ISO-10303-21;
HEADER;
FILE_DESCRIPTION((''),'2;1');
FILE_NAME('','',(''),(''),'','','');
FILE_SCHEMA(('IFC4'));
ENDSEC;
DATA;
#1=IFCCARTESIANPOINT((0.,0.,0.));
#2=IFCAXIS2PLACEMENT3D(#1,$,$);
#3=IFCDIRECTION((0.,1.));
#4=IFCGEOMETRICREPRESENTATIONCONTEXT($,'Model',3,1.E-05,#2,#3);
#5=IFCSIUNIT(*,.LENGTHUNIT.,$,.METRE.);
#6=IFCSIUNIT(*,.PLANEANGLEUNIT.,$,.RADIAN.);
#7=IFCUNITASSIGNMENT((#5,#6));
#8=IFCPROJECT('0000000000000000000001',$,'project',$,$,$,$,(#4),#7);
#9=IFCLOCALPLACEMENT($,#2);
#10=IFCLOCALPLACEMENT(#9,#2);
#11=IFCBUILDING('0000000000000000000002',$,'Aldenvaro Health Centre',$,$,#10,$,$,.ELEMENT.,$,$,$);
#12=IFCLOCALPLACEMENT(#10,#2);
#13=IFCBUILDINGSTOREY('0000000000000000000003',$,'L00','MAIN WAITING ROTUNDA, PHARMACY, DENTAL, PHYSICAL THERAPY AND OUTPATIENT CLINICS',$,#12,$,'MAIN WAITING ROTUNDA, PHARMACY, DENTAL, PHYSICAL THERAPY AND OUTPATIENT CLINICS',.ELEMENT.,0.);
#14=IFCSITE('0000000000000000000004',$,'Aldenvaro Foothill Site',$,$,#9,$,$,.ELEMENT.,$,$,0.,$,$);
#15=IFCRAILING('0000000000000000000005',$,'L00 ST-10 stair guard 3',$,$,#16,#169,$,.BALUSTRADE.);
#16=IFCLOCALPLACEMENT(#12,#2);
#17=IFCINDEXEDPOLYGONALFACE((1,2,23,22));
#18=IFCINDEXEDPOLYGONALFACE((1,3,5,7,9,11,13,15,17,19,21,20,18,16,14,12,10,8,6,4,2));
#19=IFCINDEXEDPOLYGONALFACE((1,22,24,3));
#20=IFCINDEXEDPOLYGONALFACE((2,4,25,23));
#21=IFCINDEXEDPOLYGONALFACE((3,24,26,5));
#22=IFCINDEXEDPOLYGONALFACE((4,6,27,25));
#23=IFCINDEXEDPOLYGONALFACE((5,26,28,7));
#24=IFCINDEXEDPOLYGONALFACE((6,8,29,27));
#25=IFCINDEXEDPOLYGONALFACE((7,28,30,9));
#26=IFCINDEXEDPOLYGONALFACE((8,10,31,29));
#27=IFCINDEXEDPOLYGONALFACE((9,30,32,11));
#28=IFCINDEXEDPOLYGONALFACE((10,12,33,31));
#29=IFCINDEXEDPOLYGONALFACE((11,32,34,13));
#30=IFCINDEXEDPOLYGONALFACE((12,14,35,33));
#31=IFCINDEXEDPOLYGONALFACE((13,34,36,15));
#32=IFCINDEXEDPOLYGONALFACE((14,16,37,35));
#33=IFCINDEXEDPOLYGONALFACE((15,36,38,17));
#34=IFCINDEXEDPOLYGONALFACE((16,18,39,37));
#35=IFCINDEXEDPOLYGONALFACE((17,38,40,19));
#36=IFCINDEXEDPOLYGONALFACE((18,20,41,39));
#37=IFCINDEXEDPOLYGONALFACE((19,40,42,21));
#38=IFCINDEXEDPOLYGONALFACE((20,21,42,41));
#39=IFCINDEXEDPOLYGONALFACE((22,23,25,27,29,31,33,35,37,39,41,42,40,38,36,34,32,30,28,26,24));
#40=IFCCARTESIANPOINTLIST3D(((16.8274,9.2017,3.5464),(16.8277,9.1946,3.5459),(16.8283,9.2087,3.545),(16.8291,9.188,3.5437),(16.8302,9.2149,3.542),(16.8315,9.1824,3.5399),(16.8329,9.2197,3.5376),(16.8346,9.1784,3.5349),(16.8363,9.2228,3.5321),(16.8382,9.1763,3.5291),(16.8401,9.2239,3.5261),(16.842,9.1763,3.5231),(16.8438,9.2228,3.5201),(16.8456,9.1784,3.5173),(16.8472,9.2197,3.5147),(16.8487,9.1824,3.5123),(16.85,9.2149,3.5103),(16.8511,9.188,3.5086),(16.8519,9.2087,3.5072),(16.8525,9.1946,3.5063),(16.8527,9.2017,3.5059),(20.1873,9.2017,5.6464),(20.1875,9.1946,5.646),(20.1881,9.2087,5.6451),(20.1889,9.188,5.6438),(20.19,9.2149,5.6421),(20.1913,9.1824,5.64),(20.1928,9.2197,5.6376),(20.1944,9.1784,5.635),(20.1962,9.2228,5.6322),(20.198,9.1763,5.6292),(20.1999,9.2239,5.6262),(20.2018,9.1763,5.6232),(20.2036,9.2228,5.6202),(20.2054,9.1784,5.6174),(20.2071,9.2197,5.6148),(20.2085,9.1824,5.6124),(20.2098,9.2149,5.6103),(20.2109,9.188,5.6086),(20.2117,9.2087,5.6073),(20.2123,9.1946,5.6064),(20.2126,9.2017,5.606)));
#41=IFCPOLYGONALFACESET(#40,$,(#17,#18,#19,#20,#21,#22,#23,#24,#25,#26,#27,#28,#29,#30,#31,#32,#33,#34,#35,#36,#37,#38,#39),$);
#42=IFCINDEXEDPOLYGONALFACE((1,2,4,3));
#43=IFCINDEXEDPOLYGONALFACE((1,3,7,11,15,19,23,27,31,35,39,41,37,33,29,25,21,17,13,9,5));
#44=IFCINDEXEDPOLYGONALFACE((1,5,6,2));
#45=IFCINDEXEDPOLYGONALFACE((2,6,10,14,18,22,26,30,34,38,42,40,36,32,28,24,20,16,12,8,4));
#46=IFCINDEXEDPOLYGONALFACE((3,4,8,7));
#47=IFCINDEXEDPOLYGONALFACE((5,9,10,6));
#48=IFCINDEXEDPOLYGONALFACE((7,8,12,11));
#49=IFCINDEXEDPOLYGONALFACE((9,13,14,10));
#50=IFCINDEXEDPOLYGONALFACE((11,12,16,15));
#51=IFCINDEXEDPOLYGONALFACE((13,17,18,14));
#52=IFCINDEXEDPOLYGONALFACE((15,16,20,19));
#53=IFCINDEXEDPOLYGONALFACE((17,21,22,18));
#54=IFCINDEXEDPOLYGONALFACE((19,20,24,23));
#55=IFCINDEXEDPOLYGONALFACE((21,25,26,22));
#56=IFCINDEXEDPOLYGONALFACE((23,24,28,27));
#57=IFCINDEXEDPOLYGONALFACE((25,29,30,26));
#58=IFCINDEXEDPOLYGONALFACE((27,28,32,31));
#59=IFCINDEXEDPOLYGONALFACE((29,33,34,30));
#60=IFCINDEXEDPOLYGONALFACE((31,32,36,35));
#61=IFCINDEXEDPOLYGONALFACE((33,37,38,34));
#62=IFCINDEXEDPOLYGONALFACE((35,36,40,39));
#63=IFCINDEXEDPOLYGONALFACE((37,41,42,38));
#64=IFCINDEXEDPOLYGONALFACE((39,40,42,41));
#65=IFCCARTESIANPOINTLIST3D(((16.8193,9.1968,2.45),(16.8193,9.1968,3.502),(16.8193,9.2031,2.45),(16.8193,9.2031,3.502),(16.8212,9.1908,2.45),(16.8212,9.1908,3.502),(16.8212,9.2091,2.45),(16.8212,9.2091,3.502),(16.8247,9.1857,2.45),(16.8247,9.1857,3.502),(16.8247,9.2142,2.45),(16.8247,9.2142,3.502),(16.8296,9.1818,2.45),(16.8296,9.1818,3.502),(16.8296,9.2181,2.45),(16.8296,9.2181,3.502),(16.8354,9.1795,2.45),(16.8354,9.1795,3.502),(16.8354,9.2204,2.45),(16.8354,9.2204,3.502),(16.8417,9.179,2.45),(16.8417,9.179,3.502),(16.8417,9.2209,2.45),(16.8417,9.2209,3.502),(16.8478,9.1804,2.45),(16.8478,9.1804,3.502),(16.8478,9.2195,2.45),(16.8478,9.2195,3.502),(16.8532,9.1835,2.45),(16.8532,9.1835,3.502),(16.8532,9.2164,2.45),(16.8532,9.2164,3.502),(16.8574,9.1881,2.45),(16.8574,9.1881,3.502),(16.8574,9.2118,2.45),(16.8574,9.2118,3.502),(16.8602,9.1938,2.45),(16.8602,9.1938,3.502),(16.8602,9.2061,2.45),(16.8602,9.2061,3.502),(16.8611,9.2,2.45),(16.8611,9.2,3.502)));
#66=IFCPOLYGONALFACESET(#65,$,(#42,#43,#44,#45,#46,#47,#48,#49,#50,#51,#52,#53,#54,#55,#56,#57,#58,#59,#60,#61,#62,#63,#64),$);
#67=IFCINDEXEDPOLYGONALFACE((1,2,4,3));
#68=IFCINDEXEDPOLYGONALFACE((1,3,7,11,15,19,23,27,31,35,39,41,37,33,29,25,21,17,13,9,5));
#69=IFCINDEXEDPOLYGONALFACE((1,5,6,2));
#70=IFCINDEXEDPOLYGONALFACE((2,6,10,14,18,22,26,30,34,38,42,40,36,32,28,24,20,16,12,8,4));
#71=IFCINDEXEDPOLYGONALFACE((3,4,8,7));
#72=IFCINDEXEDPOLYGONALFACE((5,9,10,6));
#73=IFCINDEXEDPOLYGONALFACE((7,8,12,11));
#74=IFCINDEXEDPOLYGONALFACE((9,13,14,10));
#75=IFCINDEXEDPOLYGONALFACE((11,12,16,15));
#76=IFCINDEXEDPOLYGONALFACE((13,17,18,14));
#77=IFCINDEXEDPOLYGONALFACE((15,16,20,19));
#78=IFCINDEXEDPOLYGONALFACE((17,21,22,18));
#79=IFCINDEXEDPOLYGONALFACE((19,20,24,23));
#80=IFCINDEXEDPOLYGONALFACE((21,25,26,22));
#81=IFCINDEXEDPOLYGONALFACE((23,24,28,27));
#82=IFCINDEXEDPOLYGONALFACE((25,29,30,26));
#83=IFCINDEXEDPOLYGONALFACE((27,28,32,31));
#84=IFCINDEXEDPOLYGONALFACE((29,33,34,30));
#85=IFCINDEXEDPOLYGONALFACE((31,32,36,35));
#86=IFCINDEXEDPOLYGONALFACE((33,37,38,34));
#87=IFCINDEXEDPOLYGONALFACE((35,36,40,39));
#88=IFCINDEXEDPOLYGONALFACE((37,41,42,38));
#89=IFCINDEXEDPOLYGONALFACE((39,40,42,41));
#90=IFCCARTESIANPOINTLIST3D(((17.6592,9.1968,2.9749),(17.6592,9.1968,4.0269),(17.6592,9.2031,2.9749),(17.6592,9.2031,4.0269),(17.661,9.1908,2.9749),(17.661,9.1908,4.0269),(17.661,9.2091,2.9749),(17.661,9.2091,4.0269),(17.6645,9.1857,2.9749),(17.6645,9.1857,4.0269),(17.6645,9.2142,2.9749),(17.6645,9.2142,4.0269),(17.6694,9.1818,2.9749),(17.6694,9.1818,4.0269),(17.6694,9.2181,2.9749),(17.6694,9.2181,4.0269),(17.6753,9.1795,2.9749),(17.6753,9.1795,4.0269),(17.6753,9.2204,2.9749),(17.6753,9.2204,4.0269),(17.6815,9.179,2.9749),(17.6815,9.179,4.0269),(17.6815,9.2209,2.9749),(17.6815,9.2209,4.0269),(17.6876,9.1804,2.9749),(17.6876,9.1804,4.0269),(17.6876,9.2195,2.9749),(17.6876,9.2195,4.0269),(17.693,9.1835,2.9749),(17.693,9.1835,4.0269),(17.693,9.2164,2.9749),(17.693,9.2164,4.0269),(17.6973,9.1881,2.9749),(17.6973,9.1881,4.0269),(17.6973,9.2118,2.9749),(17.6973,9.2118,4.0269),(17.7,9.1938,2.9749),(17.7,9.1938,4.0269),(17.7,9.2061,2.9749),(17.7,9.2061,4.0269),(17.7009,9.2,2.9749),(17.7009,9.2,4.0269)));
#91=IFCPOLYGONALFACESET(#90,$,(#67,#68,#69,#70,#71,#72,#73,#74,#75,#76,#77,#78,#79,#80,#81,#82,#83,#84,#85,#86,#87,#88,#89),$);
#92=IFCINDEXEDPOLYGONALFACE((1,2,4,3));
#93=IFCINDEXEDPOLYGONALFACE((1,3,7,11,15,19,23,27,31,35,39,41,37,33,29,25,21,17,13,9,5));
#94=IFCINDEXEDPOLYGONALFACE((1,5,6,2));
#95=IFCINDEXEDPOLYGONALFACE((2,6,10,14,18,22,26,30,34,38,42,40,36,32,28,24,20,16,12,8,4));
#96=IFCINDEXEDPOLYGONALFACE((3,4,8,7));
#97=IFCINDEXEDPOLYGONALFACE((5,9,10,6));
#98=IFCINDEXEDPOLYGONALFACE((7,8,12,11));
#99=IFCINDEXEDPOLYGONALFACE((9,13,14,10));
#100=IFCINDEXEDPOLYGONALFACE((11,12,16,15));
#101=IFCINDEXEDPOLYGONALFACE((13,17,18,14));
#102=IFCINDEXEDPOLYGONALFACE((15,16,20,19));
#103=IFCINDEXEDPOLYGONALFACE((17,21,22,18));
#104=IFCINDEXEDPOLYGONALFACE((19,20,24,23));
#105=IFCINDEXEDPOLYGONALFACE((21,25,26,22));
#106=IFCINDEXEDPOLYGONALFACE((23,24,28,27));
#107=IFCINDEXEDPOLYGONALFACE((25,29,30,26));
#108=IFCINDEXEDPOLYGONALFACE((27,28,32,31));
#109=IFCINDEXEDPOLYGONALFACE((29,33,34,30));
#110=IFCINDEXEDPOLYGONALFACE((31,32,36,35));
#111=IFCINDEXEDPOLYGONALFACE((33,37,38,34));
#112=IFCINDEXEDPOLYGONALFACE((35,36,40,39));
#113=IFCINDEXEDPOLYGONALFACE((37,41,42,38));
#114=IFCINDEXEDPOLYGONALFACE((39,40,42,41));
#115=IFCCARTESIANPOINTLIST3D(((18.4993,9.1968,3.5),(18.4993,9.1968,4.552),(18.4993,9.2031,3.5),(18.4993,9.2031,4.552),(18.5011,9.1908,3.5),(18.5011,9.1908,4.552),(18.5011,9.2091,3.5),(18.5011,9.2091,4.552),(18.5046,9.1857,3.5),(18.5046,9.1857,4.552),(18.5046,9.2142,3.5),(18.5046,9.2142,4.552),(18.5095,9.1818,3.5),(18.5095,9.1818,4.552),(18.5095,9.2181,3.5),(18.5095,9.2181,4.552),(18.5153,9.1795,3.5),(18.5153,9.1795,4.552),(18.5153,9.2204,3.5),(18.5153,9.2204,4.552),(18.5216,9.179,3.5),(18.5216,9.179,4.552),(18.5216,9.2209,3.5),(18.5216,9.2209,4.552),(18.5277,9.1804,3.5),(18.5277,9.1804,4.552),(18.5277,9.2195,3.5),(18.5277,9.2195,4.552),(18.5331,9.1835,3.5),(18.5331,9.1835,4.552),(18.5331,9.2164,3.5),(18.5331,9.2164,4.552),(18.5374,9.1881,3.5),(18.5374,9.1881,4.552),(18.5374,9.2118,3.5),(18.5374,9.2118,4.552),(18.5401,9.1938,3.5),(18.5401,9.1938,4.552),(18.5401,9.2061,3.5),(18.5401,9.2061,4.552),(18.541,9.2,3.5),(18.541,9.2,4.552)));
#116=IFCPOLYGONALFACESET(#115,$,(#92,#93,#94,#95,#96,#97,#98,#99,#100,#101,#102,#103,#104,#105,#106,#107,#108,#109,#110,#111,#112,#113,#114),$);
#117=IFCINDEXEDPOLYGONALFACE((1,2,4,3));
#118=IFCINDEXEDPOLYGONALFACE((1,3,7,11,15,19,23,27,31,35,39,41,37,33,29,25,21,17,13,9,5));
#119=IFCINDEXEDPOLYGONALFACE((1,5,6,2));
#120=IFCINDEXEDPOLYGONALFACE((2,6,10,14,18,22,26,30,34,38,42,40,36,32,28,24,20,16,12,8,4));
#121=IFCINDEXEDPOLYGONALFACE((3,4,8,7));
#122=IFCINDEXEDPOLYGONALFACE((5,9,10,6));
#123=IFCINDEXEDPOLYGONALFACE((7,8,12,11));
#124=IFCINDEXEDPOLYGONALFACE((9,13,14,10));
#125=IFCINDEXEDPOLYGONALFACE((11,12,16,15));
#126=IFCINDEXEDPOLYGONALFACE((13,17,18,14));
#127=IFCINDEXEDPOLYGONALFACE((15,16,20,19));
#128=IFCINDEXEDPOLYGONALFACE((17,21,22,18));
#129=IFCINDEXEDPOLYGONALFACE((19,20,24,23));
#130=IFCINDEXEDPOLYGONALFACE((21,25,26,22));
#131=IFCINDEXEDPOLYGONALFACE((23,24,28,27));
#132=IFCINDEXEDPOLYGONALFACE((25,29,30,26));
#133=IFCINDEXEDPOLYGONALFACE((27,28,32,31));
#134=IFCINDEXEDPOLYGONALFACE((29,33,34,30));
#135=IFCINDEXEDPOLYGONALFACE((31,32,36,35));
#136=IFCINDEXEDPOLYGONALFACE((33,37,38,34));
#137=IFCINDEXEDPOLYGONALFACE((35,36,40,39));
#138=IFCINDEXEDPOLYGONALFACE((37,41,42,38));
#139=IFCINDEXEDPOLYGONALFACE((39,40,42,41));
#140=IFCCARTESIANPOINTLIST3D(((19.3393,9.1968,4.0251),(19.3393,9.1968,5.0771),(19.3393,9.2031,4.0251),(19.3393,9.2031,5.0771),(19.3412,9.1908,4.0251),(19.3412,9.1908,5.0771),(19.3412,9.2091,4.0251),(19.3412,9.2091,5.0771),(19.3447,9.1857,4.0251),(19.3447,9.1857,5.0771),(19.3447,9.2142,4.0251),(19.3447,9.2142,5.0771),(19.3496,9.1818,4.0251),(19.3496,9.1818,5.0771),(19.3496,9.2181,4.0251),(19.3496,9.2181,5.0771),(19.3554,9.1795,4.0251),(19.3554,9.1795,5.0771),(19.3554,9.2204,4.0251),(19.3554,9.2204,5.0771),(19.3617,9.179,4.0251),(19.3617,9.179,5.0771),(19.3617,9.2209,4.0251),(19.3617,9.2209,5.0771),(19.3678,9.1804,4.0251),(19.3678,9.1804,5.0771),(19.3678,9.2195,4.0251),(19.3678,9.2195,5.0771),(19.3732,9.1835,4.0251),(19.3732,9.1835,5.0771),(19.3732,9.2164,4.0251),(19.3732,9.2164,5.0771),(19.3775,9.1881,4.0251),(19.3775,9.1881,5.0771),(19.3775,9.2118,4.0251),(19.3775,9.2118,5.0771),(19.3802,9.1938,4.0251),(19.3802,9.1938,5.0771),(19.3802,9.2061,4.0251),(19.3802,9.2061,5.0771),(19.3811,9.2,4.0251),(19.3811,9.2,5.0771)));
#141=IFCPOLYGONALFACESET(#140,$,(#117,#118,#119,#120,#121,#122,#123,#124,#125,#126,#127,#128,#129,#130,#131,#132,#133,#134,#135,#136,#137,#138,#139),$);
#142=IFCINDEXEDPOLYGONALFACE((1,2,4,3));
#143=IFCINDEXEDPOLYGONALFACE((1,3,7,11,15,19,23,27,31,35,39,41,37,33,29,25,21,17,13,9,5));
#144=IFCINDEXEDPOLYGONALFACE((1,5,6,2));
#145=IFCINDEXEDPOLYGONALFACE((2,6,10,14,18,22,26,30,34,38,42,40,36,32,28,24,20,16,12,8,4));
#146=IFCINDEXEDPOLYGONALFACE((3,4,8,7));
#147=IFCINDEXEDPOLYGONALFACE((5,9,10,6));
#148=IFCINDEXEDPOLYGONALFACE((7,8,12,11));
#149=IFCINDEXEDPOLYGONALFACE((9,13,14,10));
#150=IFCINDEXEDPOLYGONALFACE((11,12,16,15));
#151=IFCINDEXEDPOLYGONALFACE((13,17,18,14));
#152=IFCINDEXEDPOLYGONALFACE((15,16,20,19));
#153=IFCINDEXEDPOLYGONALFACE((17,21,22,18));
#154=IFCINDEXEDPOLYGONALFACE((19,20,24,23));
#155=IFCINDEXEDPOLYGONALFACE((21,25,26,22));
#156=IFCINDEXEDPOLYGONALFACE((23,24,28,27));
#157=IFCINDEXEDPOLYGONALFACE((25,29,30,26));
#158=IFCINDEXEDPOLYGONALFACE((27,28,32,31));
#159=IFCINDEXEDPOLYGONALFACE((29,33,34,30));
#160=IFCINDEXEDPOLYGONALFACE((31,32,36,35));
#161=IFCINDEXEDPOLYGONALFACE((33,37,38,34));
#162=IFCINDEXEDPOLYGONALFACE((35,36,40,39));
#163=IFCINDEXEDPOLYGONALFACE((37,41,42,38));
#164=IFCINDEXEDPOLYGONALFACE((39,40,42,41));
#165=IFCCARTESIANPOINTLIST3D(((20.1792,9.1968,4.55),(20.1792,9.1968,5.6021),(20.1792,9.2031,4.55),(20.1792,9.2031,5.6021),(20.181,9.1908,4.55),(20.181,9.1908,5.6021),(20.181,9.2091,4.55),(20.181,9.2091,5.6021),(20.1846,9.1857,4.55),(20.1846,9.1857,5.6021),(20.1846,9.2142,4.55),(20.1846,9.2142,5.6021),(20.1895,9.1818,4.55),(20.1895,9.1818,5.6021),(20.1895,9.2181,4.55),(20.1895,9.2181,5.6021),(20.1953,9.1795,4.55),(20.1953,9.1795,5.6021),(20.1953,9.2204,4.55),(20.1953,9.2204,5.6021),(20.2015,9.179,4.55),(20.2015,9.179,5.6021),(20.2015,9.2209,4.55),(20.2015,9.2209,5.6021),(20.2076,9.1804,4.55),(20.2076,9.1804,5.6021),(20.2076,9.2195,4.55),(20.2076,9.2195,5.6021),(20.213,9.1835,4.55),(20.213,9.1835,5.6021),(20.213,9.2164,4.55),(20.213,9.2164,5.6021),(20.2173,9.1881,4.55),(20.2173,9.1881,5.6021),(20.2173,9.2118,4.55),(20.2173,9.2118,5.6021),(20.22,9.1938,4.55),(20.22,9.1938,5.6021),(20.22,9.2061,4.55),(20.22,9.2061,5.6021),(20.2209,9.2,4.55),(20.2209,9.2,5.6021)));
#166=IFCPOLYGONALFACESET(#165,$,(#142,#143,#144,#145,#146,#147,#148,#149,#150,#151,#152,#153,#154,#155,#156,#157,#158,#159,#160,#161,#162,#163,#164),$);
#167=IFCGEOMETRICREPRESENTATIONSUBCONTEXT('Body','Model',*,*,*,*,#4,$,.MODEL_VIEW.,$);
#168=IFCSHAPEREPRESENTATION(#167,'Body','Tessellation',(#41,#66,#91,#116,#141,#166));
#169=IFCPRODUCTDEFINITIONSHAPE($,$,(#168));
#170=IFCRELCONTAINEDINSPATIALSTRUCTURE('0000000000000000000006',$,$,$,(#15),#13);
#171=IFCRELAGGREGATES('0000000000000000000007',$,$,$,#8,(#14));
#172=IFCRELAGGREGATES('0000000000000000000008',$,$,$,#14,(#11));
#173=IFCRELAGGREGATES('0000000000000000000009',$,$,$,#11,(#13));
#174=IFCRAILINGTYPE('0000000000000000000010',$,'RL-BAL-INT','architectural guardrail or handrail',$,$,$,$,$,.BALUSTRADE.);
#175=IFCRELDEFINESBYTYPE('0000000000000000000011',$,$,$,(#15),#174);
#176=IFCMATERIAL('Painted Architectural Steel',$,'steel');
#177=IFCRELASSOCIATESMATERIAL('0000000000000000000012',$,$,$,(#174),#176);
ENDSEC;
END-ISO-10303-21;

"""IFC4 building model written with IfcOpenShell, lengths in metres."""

from ifc_helpers import new_model, si_unit, direction, frame, origin, origin_2d, place, context, subcontext, project, spatial, circle, extrude, material, type_object, element, save


model = new_model("IFC4")

# Units and contexts
model_context = context("Model", 3, precision=1e-05, world=origin(), true_north=direction((0.0, 1.0)))
body_context = subcontext(model_context, "Body", "Model", "MODEL_VIEW")
ifc_project = project(units=[si_unit("LENGTHUNIT", "METRE"), si_unit("PLANEANGLEUNIT", "RADIAN")], contexts=[model_context])

# Site, building, storey
site_placement = place(None, origin())
site = spatial("IfcSite", under=ifc_project, at=site_placement, Name="Aldenvaro Foothill Site", CompositionType="ELEMENT", RefElevation=0.0)
building_placement = place(site_placement, origin())
building = spatial("IfcBuilding", under=site, at=building_placement, Name="Aldenvaro Health Centre", CompositionType="ELEMENT")
storey_placement = place(building_placement, origin())
storey = spatial("IfcBuildingStorey", under=building, at=storey_placement, Name="L00", Description="MAIN WAITING ROTUNDA, PHARMACY, DENTAL, PHYSICAL THERAPY AND OUTPATIENT CLINICS", LongName="MAIN WAITING ROTUNDA, PHARMACY, DENTAL, PHYSICAL THERAPY AND OUTPATIENT CLINICS", CompositionType="ELEMENT", Elevation=0.0)

# Railing
ifc_material_1 = material(Name="Painted Architectural Steel", Category="steel")
railing_type_1 = type_object("IfcRailingType", Name="RL-BAL-INT", Description="architectural guardrail or handrail", PredefinedType="BALUSTRADE", material=ifc_material_1)
railing_1_placement = place(storey_placement, frame((16.8401, 9.2, 2.45)))
element("IfcRailing", 1, at=railing_1_placement, inside=storey, type_object=railing_type_1, Name="L00 ST-10 stair guard 3", PredefinedType="BALUSTRADE", context=body_context, shape_type="SweptSolid", body=[
    extrude(circle(Radius=0.0239, at=origin_2d()), frame((0.0, 0.0, 1.0762), z_axis=(0.847978, 0.0, 0.530032), x_axis=(0.0, 1.0, 0.0)), (0.0, 0.0, 1.0), 3.9622),
    extrude(circle(Radius=0.021, at=origin_2d()), origin(), (0.0, 0.0, 1.0), 1.052),
    extrude(circle(Radius=0.021, at=origin_2d()), frame((0.8398, 0.0, 0.5249)), (0.0, 0.0, 1.0), 1.052),
    extrude(circle(Radius=0.021, at=origin_2d()), frame((1.6799, 0.0, 1.05)), (0.0, 0.0, 1.0), 1.052),
    extrude(circle(Radius=0.021, at=origin_2d()), frame((2.52, 0.0, 1.5752)), (0.0, 0.0, 1.0), 1.052),
    extrude(circle(Radius=0.021, at=origin_2d()), frame((3.3599, 0.0, 2.1001)), (0.0, 0.0, 1.0), 1.052),
])

save(model, "model.ifc")
